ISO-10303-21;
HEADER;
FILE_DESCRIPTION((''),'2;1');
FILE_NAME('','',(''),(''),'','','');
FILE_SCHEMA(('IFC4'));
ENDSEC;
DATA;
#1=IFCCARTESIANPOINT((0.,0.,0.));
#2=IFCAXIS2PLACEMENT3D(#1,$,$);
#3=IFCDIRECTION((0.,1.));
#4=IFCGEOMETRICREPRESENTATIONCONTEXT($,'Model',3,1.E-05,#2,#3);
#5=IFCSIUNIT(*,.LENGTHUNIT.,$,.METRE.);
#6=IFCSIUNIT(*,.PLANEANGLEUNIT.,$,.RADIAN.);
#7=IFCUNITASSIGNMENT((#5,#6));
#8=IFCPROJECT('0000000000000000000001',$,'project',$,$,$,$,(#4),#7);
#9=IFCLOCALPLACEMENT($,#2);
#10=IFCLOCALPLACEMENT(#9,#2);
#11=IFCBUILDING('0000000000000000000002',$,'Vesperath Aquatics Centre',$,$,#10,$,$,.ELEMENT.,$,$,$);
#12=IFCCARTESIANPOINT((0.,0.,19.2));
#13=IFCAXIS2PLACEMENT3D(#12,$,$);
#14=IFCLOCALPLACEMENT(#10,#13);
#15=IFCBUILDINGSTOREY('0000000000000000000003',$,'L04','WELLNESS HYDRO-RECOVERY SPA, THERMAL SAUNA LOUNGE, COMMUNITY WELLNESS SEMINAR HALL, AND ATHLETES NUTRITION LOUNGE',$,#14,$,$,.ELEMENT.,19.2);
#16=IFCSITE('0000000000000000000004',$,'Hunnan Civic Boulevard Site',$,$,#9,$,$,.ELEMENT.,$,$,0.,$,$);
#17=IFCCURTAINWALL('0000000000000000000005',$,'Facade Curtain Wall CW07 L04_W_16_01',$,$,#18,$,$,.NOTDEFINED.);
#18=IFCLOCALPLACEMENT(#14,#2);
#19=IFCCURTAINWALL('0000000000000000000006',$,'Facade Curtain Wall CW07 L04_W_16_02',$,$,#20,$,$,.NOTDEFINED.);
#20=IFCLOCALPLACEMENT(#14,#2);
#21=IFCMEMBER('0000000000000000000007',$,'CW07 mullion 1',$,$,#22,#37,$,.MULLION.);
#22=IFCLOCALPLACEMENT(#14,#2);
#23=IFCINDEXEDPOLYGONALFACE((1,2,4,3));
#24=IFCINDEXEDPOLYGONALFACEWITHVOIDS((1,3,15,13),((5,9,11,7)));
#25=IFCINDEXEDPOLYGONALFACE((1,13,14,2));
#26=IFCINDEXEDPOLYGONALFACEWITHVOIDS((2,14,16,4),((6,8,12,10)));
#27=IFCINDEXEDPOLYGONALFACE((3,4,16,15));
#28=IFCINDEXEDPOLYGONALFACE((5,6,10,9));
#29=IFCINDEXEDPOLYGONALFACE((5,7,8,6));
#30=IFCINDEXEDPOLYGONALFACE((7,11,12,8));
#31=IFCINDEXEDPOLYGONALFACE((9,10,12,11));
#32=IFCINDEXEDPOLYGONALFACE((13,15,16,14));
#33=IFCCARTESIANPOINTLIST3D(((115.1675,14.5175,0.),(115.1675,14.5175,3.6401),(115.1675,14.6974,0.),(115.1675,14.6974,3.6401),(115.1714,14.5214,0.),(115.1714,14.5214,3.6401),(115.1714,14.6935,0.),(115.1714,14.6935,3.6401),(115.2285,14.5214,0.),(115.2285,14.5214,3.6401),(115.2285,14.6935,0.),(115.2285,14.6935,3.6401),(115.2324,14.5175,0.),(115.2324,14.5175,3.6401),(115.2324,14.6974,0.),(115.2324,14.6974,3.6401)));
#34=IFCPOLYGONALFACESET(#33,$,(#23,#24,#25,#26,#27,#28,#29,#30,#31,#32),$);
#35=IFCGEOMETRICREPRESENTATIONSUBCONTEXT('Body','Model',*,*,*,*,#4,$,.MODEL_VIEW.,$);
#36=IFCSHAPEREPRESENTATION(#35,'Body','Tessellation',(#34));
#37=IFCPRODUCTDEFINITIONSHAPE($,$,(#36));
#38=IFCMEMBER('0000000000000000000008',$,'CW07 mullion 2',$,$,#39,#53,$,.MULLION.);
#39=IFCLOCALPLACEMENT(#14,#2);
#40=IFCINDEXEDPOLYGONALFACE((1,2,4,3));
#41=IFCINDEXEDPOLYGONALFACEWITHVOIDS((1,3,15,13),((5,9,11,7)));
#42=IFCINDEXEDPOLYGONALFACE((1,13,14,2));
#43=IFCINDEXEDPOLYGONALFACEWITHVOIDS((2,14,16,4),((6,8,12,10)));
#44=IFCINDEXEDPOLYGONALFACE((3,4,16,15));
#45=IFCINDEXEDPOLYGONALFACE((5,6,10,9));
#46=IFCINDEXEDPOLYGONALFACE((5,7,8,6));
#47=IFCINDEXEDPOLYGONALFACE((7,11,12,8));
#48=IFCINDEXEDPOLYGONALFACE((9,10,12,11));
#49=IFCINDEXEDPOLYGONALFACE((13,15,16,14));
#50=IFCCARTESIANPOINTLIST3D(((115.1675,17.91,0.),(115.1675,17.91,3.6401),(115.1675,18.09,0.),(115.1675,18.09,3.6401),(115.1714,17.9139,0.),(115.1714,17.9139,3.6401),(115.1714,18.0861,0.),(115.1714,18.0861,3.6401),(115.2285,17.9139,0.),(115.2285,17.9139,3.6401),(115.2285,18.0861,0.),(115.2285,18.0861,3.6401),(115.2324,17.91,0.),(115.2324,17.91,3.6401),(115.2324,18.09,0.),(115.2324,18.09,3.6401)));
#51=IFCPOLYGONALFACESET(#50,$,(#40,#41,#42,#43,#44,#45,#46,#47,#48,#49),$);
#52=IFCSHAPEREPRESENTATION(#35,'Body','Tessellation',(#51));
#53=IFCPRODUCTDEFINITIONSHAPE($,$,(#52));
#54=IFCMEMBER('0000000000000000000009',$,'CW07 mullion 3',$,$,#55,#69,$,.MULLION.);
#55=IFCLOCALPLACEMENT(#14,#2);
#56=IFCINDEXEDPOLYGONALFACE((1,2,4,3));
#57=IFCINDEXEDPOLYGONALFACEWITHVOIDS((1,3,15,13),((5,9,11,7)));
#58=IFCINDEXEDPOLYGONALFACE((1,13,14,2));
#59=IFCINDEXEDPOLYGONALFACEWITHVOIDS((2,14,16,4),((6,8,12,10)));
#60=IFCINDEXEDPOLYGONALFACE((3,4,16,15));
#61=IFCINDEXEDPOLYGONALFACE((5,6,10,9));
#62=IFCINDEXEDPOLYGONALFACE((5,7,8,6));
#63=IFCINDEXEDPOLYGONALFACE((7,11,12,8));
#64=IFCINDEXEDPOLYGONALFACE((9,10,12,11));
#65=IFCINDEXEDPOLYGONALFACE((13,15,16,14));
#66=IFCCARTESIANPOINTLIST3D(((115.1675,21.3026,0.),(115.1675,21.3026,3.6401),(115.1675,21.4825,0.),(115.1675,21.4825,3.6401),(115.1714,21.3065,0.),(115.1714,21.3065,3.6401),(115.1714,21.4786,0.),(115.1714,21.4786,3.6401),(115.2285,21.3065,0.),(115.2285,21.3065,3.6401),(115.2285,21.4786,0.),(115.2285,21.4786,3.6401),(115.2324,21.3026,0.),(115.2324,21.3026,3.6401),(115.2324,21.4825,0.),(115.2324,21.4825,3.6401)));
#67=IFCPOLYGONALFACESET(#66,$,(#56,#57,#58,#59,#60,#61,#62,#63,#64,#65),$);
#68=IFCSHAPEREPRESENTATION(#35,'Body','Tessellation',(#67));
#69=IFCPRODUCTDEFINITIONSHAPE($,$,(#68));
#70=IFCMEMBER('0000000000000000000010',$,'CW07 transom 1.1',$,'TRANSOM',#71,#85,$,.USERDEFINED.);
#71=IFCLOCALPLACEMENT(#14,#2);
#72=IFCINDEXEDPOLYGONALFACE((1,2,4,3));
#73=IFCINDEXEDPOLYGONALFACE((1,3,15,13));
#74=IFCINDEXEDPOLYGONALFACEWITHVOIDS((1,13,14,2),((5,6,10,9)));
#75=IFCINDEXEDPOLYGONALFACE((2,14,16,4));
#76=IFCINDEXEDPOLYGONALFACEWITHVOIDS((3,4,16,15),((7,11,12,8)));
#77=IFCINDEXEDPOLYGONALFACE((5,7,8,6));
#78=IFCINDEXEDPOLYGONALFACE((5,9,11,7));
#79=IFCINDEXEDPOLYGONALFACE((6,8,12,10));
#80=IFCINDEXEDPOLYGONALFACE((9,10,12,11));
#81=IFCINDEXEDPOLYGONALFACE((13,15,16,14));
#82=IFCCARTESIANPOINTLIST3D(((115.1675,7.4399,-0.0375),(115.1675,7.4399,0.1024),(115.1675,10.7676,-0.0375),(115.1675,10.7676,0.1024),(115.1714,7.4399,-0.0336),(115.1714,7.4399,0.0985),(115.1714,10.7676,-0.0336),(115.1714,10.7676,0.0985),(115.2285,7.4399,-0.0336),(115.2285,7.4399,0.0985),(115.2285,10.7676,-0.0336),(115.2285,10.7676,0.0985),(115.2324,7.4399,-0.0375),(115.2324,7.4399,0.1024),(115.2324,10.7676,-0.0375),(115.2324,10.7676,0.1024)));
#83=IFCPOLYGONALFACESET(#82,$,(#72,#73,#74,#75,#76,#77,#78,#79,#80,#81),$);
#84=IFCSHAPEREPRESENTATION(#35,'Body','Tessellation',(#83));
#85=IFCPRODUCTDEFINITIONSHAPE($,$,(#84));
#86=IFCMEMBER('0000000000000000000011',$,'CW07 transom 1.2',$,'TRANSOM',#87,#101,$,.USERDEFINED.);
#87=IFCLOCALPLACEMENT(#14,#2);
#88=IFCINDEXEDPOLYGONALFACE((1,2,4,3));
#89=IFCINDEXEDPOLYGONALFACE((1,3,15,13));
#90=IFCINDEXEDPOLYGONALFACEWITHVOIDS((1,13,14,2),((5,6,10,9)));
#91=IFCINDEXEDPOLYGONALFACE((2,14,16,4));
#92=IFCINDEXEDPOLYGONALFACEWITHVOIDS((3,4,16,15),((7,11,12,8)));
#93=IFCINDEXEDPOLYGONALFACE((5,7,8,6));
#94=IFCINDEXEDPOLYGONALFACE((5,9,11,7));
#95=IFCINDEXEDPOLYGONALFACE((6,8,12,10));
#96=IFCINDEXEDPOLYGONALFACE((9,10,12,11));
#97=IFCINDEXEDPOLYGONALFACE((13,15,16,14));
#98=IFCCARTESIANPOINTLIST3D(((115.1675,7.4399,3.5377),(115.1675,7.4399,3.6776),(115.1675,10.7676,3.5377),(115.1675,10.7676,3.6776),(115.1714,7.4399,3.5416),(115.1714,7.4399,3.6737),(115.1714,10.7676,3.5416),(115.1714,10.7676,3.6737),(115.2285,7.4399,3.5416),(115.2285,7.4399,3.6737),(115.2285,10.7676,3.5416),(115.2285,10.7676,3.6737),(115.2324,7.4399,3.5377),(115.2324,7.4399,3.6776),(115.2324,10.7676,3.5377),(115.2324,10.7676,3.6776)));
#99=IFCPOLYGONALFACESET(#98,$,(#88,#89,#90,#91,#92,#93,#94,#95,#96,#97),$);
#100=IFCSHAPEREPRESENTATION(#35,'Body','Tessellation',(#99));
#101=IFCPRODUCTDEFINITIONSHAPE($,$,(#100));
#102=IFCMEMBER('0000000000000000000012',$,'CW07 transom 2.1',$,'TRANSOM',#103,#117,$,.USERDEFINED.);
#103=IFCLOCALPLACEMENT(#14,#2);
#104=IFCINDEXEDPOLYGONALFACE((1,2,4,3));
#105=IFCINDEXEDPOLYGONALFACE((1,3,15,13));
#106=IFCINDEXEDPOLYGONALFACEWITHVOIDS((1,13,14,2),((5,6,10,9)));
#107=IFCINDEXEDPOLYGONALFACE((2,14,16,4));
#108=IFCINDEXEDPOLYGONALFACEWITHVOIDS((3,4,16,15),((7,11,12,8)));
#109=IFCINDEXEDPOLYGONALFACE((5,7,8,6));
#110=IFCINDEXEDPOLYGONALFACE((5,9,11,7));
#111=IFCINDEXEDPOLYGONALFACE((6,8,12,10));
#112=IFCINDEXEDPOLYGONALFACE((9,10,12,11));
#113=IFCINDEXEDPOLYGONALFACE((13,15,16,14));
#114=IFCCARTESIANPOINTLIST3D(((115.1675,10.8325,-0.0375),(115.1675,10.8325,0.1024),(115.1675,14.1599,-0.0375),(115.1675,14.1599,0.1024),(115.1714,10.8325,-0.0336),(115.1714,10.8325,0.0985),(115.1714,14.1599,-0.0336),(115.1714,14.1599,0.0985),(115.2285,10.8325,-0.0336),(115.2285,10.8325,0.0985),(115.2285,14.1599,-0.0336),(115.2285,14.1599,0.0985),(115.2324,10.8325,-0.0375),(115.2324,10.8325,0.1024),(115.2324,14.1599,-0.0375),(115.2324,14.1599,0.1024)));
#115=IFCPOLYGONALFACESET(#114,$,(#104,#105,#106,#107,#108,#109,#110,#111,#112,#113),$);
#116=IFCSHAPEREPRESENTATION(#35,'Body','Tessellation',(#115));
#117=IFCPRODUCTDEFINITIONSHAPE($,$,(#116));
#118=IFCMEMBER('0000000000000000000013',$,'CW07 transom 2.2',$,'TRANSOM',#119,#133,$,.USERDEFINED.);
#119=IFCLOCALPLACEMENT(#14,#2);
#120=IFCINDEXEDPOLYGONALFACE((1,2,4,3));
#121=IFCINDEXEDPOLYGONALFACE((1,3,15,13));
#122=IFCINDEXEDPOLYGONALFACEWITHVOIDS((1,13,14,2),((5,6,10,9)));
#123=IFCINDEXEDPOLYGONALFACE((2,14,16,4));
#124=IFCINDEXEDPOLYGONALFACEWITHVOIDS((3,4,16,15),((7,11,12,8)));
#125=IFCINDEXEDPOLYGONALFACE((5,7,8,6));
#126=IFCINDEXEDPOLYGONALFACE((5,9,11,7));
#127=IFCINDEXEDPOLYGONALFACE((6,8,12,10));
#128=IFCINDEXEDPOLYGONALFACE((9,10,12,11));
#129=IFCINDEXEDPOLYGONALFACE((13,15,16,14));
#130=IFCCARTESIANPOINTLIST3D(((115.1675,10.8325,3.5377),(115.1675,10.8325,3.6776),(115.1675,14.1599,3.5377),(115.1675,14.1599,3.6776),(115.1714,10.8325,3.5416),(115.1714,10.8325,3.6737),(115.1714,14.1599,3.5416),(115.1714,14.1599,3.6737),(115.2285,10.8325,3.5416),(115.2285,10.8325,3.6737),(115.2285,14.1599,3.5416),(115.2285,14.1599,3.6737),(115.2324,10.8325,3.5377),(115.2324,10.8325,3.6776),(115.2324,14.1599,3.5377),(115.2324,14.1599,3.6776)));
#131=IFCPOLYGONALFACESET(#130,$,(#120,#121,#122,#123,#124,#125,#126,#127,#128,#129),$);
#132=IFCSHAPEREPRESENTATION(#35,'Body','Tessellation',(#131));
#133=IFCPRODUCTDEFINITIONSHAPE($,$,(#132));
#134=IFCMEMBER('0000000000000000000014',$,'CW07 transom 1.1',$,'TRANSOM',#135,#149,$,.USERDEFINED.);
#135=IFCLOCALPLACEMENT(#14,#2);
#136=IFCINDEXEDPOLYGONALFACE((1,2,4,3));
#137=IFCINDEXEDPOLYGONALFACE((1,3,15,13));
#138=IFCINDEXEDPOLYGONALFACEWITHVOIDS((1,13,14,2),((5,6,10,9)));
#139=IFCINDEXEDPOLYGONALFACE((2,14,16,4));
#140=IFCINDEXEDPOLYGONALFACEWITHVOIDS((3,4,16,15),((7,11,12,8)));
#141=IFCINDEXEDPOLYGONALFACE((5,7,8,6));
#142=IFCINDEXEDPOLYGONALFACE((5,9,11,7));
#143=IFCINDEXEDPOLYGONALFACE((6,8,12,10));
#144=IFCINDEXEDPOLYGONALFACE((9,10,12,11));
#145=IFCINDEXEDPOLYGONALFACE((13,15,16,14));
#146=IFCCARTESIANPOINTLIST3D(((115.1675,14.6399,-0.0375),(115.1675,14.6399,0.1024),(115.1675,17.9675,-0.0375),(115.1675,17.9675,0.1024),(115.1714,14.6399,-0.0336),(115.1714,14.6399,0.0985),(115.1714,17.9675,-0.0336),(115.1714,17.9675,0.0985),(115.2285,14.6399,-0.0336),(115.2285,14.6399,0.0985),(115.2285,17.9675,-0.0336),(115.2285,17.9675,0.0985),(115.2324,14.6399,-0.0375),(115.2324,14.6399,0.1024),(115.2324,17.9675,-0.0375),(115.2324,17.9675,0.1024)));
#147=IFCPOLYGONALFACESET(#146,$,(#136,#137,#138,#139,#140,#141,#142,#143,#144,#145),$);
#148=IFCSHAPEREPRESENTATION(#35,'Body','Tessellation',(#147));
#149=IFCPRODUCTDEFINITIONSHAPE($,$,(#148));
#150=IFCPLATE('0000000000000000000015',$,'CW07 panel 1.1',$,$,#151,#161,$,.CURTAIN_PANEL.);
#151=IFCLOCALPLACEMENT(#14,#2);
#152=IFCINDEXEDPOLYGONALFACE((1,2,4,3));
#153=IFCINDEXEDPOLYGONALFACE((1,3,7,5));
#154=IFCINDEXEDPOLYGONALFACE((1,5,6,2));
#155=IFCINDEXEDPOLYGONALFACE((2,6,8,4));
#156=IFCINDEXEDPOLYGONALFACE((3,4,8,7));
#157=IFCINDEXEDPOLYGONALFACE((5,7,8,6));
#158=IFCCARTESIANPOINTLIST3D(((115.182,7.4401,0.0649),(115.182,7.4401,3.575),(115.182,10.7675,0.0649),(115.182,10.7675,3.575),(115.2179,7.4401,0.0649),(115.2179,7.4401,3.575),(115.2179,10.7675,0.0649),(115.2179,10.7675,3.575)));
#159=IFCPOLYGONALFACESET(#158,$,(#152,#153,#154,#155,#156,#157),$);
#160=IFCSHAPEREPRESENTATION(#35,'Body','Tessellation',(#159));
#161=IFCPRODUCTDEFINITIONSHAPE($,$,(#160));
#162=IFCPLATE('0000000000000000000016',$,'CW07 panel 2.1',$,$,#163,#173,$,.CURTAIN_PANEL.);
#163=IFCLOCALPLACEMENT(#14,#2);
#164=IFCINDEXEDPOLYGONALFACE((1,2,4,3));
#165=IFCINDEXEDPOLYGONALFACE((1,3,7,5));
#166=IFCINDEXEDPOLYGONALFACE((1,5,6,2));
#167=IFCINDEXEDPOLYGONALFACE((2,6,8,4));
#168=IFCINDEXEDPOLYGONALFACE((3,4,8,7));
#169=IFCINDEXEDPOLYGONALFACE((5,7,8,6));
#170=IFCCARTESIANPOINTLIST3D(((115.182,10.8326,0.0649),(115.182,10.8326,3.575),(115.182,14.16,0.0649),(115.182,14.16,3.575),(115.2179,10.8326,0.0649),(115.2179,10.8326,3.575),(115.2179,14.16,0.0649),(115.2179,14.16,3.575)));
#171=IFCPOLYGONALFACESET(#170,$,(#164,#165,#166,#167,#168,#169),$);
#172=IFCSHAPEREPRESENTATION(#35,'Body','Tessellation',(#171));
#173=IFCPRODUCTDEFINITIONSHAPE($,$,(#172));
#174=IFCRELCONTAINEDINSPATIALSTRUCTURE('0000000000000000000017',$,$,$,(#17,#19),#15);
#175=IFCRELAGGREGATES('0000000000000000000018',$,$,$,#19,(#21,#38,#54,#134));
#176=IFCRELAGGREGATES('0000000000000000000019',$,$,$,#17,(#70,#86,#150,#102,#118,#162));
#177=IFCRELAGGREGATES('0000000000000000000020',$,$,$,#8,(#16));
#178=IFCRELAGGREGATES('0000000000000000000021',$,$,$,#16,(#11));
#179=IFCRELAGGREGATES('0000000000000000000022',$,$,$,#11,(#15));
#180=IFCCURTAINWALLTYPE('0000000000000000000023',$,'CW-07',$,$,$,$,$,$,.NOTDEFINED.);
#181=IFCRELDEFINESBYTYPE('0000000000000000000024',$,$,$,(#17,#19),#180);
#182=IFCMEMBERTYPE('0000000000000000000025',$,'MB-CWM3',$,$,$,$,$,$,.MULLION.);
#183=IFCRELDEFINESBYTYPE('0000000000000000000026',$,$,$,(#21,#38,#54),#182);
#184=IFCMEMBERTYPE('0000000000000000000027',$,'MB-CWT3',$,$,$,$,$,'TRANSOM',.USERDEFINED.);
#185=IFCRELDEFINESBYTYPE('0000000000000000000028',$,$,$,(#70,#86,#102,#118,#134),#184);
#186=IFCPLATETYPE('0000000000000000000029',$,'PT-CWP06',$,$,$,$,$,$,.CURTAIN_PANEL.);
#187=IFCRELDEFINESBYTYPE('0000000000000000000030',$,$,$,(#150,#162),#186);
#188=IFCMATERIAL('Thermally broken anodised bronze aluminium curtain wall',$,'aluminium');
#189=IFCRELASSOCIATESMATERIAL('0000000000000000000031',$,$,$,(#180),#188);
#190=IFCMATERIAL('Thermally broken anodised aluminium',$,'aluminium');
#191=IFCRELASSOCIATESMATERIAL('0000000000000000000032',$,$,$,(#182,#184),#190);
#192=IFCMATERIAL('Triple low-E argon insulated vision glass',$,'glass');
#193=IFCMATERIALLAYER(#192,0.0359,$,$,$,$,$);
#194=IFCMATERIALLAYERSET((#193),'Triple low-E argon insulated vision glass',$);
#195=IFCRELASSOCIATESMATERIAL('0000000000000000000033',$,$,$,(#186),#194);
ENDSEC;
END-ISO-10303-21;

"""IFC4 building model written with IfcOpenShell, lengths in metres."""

from ifc_helpers import new_model, si_unit, direction, frame, origin, origin_2d, place, context, subcontext, project, spatial, rectangle, hollow_rectangle, extrude, material, layer, layer_set, material_profile, profile_set, type_object, element, aggregate, save


model = new_model("IFC4")

# Units and contexts
model_context = context("Model", 3, precision=1e-05, world=origin(), true_north=direction((0.0, 1.0)))
body_context = subcontext(model_context, "Body", "Model", "MODEL_VIEW")
ifc_project = project(units=[si_unit("LENGTHUNIT", "METRE"), si_unit("PLANEANGLEUNIT", "RADIAN")], contexts=[model_context])

# Site, building, storey
site_placement = place(None, origin())
site = spatial("IfcSite", under=ifc_project, at=site_placement, Name="Hunnan Civic Boulevard Site", CompositionType="ELEMENT", RefElevation=0.0)
building_placement = place(site_placement, origin())
building = spatial("IfcBuilding", under=site, at=building_placement, Name="Vesperath Aquatics Centre", CompositionType="ELEMENT")
storey_placement = place(building_placement, frame((0.0, 0.0, 19.2)))
storey = spatial("IfcBuildingStorey", under=building, at=storey_placement, Name="L04", Description="WELLNESS HYDRO-RECOVERY SPA, THERMAL SAUNA LOUNGE, COMMUNITY WELLNESS SEMINAR HALL, AND ATHLETES NUTRITION LOUNGE", CompositionType="ELEMENT", Elevation=19.2)

# Curtain walls, members
ifc_material_1 = material(Name="Thermally broken anodised bronze aluminium curtain wall", Category="aluminium")
curtain_wall_type = type_object("IfcCurtainWallType", Name="CW-07", PredefinedType="NOTDEFINED", material=ifc_material_1)
curtain_wall_1_placement = place(storey_placement, origin())
curtain_wall_1 = element("IfcCurtainWall", 1, at=curtain_wall_1_placement, inside=storey, type_object=curtain_wall_type, Name="Facade Curtain Wall CW07 L04_W_16_01", PredefinedType="NOTDEFINED")
ifc_material_2 = material(Name="Thermally broken anodised aluminium", Category="aluminium")
ifc_material_profile_1 = material_profile(ifc_material_2, hollow_rectangle(XDim=0.0649, YDim=0.1799, WallThickness=0.0039, at=origin_2d()), Name="CWM 65x180x4")
ifc_profile_set_1 = profile_set([ifc_material_profile_1], Name="Thermally broken anodised aluminium")
member_type_1 = type_object("IfcMemberType", Name="MB-CWM3", PredefinedType="MULLION", material=ifc_profile_set_1)
curtain_wall_2_placement = place(storey_placement, origin())
curtain_wall_2 = element("IfcCurtainWall", 2, at=curtain_wall_2_placement, inside=storey, type_object=curtain_wall_type, Name="Facade Curtain Wall CW07 L04_W_16_02", PredefinedType="NOTDEFINED")
member_1_placement = place(storey_placement, frame((115.2, 14.6074, 0.0), z_axis=(0.0, 0.0, 1.0), x_axis=(-1.0, 0.0, 0.0)))
member_1 = element("IfcMember", 3, at=member_1_placement, type_object=member_type_1, Name="CW07 mullion 1", PredefinedType="MULLION", context=body_context, shape_type="SweptSolid", body=[
    extrude(hollow_rectangle(XDim=0.0649, YDim=0.1799, WallThickness=0.0039, at=origin_2d()), origin(), (0.0, 0.0, 1.0), 3.6401),
])
member_2_placement = place(storey_placement, frame((115.2, 18.0, 0.0), z_axis=(0.0, 0.0, 1.0), x_axis=(-1.0, 0.0, 0.0)))
member_2 = element("IfcMember", 4, at=member_2_placement, type_object=member_type_1, Name="CW07 mullion 2", PredefinedType="MULLION", context=body_context, shape_type="SweptSolid", body=[
    extrude(hollow_rectangle(XDim=0.0649, YDim=0.1799, WallThickness=0.0039, at=origin_2d()), origin(), (0.0, 0.0, 1.0), 3.6401),
])
member_3_placement = place(storey_placement, frame((115.2, 21.3926, 0.0), z_axis=(0.0, 0.0, 1.0), x_axis=(-1.0, 0.0, 0.0)))
member_3 = element("IfcMember", 5, at=member_3_placement, type_object=member_type_1, Name="CW07 mullion 3", PredefinedType="MULLION", context=body_context, shape_type="SweptSolid", body=[
    extrude(hollow_rectangle(XDim=0.0649, YDim=0.1799, WallThickness=0.0039, at=origin_2d()), origin(), (0.0, 0.0, 1.0), 3.6401),
])

# Members
ifc_material_profile_2 = material_profile(ifc_material_2, hollow_rectangle(XDim=0.0649, YDim=0.1399, WallThickness=0.0039, at=origin_2d()), Name="CWT 65x140x4")
ifc_profile_set_2 = profile_set([ifc_material_profile_2], Name="Thermally broken anodised aluminium")
member_type_2 = type_object("IfcMemberType", Name="MB-CWT3", ElementType="TRANSOM", PredefinedType="USERDEFINED", material=ifc_profile_set_2)
member_4_placement = place(storey_placement, frame((115.2, 7.4399, 0.0325), z_axis=(0.0, 1.0, 0.0), x_axis=(-1.0, 0.0, 0.0)))
member_4 = element("IfcMember", 6, at=member_4_placement, type_object=member_type_2, Name="CW07 transom 1.1", ObjectType="TRANSOM", PredefinedType="USERDEFINED", context=body_context, shape_type="SweptSolid", body=[
    extrude(hollow_rectangle(XDim=0.0649, YDim=0.1399, WallThickness=0.0039, at=origin_2d()), origin(), (0.0, 0.0, 1.0), 3.3276),
])
member_5_placement = place(storey_placement, frame((115.2, 7.4399, 3.6077), z_axis=(0.0, 1.0, 0.0), x_axis=(-1.0, 0.0, 0.0)))
member_5 = element("IfcMember", 7, at=member_5_placement, type_object=member_type_2, Name="CW07 transom 1.2", ObjectType="TRANSOM", PredefinedType="USERDEFINED", context=body_context, shape_type="SweptSolid", body=[
    extrude(hollow_rectangle(XDim=0.0649, YDim=0.1399, WallThickness=0.0039, at=origin_2d()), origin(), (0.0, 0.0, 1.0), 3.3276),
])
member_6_placement = place(storey_placement, frame((115.2, 10.8325, 0.0325), z_axis=(0.0, 1.0, 0.0), x_axis=(-1.0, 0.0, 0.0)))
member_6 = element("IfcMember", 8, at=member_6_placement, type_object=member_type_2, Name="CW07 transom 2.1", ObjectType="TRANSOM", PredefinedType="USERDEFINED", context=body_context, shape_type="SweptSolid", body=[
    extrude(hollow_rectangle(XDim=0.0649, YDim=0.1399, WallThickness=0.0039, at=origin_2d()), origin(), (0.0, 0.0, 1.0), 3.3274),
])
member_7_placement = place(storey_placement, frame((115.2, 10.8325, 3.6077), z_axis=(0.0, 1.0, 0.0), x_axis=(-1.0, 0.0, 0.0)))
member_7 = element("IfcMember", 9, at=member_7_placement, type_object=member_type_2, Name="CW07 transom 2.2", ObjectType="TRANSOM", PredefinedType="USERDEFINED", context=body_context, shape_type="SweptSolid", body=[
    extrude(hollow_rectangle(XDim=0.0649, YDim=0.1399, WallThickness=0.0039, at=origin_2d()), origin(), (0.0, 0.0, 1.0), 3.3274),
])
member_8_placement = place(storey_placement, frame((115.2, 14.6399, 0.0325), z_axis=(0.0, 1.0, 0.0), x_axis=(-1.0, 0.0, 0.0)))
member_8 = element("IfcMember", 10, at=member_8_placement, type_object=member_type_2, Name="CW07 transom 1.1", ObjectType="TRANSOM", PredefinedType="USERDEFINED", context=body_context, shape_type="SweptSolid", body=[
    extrude(hollow_rectangle(XDim=0.0649, YDim=0.1399, WallThickness=0.0039, at=origin_2d()), origin(), (0.0, 0.0, 1.0), 3.3276),
])
aggregate(curtain_wall_2, [member_1, member_2, member_3, member_8])

# Plates
ifc_material_3 = material(Name="Triple low-E argon insulated vision glass", Category="glass")
ifc_layer_1 = layer(ifc_material_3, 0.0359)
ifc_layer_set_1 = layer_set([ifc_layer_1], Name="Triple low-E argon insulated vision glass")
plate_type = type_object("IfcPlateType", Name="PT-CWP06", PredefinedType="CURTAIN_PANEL", material=ifc_layer_set_1)
plate_1_placement = place(storey_placement, frame((115.2, 9.1038, 0.0649), z_axis=(0.0, 0.0, 1.0), x_axis=(0.0, 1.0, 0.0)))
plate_1 = element("IfcPlate", 11, at=plate_1_placement, type_object=plate_type, Name="CW07 panel 1.1", PredefinedType="CURTAIN_PANEL", context=body_context, shape_type="SweptSolid", body=[
    extrude(rectangle(XDim=3.3274, YDim=0.0359, at=origin_2d()), origin(), (0.0, 0.0, 1.0), 3.51),
])
plate_2_placement = place(storey_placement, frame((115.2, 12.4963, 0.0649), z_axis=(0.0, 0.0, 1.0), x_axis=(0.0, 1.0, 0.0)))
plate_2 = element("IfcPlate", 12, at=plate_2_placement, type_object=plate_type, Name="CW07 panel 2.1", PredefinedType="CURTAIN_PANEL", context=body_context, shape_type="SweptSolid", body=[
    extrude(rectangle(XDim=3.3274, YDim=0.0359, at=origin_2d()), origin(), (0.0, 0.0, 1.0), 3.51),
])
aggregate(curtain_wall_1, [member_4, member_5, plate_1, member_6, member_7, plate_2])

save(model, "model.ifc")
